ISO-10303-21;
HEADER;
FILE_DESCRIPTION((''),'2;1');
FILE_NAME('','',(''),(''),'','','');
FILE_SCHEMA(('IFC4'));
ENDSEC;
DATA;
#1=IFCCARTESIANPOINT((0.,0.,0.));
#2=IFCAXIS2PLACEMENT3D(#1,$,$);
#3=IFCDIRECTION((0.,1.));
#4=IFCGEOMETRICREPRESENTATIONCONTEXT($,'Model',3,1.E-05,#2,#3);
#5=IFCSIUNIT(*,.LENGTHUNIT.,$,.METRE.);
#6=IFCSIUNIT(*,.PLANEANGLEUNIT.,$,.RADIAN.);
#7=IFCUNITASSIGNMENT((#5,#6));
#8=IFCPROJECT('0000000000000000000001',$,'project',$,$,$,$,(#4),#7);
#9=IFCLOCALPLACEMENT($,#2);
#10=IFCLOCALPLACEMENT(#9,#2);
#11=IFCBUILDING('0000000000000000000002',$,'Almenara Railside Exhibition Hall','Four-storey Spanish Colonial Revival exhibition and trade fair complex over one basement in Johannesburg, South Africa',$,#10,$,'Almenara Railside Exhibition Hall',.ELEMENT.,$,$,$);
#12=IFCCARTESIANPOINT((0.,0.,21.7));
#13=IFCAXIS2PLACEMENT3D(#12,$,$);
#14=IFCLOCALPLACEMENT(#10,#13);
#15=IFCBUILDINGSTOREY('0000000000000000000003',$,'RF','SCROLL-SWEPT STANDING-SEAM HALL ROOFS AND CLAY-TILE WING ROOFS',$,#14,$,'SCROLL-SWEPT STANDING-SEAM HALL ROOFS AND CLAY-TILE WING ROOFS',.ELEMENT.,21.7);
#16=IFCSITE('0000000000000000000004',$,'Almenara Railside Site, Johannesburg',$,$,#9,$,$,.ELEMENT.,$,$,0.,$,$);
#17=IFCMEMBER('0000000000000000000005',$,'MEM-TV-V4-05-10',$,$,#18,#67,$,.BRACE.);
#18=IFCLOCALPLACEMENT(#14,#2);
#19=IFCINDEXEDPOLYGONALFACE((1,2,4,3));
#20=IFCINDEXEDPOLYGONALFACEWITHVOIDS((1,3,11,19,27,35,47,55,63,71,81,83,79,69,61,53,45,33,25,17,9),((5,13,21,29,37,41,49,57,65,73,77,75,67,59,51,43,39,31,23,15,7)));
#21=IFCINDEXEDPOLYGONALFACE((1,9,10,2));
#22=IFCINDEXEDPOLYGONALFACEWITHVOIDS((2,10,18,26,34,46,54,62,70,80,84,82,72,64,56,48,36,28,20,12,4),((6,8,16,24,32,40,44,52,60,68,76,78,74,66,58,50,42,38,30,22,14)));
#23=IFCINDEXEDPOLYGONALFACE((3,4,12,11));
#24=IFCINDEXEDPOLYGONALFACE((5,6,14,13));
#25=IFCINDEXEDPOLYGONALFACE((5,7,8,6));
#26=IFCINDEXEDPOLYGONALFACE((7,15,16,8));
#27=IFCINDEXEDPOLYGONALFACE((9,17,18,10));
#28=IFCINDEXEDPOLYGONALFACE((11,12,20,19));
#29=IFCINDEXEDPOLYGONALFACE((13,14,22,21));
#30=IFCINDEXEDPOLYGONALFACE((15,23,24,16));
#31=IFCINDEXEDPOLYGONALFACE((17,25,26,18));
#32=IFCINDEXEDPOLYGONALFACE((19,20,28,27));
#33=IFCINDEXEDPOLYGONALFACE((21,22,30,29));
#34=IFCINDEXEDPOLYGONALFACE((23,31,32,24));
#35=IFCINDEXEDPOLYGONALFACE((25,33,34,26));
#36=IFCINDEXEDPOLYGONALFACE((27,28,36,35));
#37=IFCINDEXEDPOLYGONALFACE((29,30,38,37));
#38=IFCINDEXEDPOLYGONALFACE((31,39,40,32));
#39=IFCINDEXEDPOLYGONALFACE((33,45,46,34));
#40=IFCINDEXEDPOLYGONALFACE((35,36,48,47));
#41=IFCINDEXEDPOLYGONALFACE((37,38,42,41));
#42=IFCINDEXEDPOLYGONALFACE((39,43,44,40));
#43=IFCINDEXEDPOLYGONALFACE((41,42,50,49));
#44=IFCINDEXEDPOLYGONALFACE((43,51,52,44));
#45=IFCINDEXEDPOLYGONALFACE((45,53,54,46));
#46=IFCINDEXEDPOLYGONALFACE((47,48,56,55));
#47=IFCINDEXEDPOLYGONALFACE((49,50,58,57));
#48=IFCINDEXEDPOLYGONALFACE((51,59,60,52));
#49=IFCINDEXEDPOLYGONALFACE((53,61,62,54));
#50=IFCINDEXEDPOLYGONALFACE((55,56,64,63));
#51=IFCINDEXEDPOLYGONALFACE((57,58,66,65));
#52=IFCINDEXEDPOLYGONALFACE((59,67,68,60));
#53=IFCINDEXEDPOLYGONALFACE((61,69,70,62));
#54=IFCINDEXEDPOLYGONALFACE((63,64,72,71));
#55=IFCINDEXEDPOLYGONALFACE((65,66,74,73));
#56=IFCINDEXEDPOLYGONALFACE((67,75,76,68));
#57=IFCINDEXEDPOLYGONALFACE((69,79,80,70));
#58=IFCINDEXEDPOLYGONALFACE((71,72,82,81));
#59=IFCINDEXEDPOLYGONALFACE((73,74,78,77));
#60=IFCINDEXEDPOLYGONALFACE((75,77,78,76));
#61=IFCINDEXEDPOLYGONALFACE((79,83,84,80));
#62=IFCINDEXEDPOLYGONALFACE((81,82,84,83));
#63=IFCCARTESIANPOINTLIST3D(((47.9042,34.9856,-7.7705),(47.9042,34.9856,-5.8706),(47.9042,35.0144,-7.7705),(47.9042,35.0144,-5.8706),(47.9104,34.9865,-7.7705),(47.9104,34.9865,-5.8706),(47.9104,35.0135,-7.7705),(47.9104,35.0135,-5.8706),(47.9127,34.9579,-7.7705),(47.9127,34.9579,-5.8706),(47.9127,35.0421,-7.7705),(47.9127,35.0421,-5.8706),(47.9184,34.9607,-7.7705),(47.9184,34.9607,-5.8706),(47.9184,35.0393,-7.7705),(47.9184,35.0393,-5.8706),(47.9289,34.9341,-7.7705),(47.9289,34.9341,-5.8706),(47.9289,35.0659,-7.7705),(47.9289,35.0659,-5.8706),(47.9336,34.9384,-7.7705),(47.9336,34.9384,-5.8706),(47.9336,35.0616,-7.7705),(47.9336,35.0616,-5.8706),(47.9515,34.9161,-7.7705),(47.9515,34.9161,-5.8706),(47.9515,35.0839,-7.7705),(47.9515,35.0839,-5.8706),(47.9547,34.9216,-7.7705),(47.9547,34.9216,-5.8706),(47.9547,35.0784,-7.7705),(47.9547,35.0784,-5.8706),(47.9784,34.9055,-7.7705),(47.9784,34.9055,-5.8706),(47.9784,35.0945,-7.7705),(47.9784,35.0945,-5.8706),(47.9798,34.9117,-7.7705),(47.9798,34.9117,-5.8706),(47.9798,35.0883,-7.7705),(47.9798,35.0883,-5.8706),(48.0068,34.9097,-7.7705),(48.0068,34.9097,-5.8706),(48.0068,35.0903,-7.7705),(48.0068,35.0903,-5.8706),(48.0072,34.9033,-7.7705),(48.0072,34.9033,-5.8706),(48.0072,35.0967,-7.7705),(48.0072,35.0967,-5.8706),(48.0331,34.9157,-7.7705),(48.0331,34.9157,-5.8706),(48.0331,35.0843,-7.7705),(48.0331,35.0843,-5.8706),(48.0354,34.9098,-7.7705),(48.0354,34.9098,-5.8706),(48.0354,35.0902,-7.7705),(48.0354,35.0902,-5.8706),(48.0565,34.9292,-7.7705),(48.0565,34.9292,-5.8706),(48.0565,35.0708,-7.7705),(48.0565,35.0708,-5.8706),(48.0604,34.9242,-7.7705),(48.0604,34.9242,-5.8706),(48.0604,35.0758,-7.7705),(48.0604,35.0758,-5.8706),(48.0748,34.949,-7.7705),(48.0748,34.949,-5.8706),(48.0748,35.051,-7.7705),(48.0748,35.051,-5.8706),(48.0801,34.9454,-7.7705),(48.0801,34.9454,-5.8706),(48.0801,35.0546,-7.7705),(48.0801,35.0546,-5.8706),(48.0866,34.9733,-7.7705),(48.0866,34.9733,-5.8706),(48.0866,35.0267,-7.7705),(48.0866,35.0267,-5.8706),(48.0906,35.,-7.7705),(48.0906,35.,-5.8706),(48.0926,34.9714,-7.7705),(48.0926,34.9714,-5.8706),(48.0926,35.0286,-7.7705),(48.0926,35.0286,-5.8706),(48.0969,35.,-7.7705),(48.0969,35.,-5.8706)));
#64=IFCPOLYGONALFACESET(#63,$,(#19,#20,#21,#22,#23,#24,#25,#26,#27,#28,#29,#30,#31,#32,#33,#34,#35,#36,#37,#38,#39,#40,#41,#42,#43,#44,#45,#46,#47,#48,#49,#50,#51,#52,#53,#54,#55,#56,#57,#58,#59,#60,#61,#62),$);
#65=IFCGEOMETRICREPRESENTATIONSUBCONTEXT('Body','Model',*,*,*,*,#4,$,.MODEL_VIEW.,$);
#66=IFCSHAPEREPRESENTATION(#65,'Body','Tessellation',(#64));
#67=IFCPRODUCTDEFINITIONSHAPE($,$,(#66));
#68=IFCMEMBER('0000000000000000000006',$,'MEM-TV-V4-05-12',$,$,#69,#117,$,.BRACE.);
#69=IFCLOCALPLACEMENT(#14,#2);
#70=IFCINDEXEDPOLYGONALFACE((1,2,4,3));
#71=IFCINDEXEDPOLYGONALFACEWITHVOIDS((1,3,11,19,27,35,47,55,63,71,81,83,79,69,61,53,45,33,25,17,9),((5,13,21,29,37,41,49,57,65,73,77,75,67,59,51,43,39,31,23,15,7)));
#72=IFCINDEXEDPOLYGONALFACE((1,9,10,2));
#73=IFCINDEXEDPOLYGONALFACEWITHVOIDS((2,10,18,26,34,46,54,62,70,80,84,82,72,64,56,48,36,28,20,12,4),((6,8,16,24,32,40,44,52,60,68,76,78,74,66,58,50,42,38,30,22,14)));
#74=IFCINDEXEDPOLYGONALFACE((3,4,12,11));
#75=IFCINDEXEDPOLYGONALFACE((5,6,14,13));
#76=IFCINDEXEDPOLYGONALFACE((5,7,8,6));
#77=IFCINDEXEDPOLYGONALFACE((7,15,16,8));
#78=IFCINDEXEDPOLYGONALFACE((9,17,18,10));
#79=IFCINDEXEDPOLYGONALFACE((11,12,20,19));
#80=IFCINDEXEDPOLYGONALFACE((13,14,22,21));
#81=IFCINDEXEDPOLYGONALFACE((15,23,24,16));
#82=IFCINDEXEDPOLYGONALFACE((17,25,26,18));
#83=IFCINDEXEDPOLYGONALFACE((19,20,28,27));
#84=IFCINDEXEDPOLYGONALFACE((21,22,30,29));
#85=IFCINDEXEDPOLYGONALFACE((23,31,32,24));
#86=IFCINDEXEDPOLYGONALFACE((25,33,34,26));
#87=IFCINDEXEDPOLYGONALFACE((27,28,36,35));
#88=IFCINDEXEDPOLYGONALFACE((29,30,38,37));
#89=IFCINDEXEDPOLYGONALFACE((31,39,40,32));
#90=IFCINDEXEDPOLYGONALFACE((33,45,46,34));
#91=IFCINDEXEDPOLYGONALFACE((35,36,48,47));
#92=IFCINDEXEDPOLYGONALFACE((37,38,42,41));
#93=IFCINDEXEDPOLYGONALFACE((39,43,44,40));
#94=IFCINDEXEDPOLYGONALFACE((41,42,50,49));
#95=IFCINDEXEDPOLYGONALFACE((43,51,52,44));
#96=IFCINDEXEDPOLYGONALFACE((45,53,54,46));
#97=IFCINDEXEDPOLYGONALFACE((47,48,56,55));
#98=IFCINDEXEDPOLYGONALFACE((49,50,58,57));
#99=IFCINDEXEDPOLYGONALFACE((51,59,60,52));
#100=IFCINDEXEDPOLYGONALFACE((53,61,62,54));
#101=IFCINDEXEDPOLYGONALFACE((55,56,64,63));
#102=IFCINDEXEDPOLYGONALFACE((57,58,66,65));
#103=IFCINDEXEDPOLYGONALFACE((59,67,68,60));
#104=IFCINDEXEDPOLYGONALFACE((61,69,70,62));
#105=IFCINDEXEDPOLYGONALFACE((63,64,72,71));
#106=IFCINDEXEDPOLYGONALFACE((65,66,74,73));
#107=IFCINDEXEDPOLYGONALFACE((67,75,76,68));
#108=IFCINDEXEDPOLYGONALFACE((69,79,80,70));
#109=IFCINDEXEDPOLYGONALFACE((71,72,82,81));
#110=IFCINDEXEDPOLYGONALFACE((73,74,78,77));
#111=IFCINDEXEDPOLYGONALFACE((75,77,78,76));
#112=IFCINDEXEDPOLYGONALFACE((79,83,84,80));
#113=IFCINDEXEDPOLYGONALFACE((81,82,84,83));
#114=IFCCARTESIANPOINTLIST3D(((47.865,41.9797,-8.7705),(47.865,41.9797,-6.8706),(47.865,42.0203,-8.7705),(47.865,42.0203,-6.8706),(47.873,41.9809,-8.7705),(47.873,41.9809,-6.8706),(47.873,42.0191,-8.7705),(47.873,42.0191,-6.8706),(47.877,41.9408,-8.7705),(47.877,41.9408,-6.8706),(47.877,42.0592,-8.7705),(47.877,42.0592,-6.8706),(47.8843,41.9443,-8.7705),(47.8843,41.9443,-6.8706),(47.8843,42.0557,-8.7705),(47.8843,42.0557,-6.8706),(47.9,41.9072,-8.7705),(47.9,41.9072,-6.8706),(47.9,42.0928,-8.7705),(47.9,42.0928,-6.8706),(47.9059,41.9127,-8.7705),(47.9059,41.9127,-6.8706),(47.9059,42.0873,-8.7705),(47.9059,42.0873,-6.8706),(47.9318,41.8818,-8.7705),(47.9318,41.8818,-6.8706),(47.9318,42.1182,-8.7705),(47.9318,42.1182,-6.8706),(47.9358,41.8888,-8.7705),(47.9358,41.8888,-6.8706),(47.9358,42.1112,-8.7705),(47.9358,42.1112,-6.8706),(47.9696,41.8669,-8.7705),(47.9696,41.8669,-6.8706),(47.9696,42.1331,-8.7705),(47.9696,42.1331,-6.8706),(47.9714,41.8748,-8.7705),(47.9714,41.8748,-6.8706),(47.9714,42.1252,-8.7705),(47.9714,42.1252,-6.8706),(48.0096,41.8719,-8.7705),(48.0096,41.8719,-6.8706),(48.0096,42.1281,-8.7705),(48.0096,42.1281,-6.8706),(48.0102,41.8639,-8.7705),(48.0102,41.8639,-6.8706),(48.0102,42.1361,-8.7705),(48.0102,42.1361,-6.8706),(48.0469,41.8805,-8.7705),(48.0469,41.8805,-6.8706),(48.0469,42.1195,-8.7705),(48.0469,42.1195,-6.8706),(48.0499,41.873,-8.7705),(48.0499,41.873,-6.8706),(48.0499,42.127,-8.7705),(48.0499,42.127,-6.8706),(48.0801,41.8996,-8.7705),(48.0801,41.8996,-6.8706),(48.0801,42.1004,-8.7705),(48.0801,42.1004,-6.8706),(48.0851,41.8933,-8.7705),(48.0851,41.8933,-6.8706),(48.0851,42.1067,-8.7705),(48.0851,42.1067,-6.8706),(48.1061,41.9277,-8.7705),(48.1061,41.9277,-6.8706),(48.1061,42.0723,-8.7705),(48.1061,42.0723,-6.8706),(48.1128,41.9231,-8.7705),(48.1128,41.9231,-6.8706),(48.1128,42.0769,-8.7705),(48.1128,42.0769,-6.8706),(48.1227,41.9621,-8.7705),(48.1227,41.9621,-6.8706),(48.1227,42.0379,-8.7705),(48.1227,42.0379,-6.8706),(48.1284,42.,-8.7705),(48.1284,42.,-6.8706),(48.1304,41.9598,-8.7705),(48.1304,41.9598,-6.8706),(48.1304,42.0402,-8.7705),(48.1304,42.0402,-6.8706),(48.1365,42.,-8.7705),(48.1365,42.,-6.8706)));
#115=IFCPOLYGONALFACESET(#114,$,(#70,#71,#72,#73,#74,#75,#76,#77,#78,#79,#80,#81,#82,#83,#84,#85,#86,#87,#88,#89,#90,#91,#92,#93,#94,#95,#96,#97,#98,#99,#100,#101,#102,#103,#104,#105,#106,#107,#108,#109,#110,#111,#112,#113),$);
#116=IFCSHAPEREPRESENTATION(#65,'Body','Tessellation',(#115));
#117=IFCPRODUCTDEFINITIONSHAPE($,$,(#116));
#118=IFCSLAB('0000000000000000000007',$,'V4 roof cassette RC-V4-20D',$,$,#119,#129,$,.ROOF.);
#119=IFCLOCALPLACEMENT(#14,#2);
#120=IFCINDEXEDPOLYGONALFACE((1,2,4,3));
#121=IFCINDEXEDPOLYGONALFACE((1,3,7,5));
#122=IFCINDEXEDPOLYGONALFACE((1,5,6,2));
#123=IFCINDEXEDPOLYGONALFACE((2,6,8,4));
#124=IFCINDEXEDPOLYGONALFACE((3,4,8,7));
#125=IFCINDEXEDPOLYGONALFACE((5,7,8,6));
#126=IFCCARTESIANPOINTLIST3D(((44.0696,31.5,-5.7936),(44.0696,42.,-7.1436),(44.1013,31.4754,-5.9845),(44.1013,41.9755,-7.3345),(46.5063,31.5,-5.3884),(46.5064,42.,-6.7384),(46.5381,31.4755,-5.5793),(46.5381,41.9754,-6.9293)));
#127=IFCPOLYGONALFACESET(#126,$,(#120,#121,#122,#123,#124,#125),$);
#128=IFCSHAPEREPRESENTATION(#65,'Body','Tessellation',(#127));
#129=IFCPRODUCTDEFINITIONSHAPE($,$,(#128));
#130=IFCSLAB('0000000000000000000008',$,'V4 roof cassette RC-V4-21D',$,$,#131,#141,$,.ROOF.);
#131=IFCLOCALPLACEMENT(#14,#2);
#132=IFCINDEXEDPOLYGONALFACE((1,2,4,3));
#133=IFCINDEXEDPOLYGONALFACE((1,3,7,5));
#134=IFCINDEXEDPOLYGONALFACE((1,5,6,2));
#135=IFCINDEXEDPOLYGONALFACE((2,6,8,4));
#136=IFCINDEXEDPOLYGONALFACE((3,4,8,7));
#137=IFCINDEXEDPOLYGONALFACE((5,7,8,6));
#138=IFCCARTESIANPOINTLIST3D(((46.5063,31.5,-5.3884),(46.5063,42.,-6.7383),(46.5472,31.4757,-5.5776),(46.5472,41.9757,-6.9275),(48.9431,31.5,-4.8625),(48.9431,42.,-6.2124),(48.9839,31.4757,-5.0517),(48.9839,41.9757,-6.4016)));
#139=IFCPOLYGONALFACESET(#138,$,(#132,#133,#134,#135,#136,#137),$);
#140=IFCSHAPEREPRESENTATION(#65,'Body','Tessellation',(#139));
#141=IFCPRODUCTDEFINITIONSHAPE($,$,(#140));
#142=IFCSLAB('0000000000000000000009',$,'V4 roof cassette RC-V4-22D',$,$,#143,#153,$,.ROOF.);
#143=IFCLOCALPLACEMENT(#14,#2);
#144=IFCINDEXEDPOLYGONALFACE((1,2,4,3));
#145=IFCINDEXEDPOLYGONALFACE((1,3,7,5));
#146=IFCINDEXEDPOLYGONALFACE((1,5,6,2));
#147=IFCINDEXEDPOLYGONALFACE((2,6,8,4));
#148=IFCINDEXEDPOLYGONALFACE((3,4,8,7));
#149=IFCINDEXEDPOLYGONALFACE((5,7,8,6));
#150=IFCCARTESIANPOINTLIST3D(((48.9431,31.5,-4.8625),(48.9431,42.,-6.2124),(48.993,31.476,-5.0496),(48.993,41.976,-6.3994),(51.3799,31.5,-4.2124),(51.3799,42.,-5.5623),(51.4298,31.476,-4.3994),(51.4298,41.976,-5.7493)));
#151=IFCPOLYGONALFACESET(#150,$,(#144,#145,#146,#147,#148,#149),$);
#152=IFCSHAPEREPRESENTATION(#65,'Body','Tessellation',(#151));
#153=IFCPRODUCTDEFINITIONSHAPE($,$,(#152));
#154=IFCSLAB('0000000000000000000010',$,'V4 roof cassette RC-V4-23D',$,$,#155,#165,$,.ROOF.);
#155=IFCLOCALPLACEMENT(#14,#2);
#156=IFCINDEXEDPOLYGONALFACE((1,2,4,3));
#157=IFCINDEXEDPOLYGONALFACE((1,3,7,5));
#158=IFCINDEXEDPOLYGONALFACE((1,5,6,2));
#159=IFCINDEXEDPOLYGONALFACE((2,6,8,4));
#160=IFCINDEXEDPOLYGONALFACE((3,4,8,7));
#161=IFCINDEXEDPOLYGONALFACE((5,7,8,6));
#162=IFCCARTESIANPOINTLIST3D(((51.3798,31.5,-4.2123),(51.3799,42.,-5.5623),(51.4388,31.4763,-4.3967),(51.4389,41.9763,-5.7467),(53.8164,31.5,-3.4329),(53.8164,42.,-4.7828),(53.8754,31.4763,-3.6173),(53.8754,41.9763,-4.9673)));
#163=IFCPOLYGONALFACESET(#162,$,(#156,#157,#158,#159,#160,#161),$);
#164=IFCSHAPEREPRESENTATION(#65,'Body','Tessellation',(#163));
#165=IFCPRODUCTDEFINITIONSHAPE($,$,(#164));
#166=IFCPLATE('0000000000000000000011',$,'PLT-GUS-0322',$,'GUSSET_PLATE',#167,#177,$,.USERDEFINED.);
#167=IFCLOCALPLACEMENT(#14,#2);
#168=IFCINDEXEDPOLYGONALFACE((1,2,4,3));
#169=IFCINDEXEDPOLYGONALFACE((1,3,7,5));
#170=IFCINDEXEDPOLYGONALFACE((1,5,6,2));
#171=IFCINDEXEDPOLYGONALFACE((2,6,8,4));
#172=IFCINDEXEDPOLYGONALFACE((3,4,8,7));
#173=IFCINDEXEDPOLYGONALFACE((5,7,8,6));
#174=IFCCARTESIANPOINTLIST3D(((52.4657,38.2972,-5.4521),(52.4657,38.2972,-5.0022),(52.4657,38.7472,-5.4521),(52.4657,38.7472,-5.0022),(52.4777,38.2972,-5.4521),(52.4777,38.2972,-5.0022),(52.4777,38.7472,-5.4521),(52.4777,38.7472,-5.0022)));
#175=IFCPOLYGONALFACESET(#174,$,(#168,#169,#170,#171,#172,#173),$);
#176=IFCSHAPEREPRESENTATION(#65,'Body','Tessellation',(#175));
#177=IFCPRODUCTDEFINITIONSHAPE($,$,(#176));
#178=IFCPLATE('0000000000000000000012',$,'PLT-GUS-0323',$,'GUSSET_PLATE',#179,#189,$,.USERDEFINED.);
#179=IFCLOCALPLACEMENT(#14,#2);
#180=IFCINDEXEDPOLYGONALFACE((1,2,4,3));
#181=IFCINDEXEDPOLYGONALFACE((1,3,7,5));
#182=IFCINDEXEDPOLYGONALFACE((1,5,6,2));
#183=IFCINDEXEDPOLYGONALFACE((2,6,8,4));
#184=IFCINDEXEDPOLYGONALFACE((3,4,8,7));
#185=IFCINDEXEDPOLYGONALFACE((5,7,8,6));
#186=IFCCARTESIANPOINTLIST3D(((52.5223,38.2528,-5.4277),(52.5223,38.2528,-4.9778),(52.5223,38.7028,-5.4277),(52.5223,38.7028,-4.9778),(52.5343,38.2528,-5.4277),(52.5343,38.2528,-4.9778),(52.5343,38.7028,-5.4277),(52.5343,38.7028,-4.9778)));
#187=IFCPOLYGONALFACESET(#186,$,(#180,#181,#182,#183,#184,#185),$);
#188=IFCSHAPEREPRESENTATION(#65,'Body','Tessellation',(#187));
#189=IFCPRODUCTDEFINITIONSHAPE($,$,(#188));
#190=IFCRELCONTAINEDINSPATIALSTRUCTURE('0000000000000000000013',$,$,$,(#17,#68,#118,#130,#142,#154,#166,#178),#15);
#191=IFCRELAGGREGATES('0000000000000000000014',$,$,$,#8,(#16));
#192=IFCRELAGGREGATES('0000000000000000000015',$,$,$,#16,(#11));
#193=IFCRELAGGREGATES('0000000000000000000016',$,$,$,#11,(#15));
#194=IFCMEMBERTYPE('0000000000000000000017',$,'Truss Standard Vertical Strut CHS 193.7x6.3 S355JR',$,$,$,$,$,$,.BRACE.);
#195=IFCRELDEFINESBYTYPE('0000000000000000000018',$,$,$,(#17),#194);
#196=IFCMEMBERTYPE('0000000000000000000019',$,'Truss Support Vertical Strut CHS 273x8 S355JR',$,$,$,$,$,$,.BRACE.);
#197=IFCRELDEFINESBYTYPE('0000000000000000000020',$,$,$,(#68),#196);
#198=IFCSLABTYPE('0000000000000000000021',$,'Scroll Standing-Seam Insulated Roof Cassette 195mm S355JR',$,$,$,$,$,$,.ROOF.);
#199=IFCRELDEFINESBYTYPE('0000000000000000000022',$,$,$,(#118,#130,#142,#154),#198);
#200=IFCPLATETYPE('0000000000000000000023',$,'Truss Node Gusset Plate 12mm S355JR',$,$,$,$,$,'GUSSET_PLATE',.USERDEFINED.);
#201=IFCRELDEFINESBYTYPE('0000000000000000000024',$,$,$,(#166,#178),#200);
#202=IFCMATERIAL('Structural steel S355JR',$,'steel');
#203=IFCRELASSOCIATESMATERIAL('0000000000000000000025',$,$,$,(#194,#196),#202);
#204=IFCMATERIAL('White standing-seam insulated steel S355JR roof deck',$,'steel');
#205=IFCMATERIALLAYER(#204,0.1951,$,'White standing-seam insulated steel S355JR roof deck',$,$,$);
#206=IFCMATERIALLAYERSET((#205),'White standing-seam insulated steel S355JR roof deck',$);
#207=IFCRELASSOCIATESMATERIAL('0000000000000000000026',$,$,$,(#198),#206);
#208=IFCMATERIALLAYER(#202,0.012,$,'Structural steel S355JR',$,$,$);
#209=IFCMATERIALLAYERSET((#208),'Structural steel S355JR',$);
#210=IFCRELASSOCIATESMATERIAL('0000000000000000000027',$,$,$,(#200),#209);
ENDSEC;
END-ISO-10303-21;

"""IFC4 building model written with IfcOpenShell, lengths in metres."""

from ifc_helpers import new_model, si_unit, direction, frame, origin, origin_2d, place, context, subcontext, project, spatial, polyline, rectangle, hollow_circle, outline, extrude, material, layer, layer_set, material_profile, profile_set, type_object, element, save


model = new_model("IFC4")

# Units and contexts
model_context = context("Model", 3, precision=1e-05, world=origin(), true_north=direction((0.0, 1.0)))
body_context = subcontext(model_context, "Body", "Model", "MODEL_VIEW")
ifc_project = project(units=[si_unit("LENGTHUNIT", "METRE"), si_unit("PLANEANGLEUNIT", "RADIAN")], contexts=[model_context])

# Site, building, storey
site_placement = place(None, origin())
site = spatial("IfcSite", under=ifc_project, at=site_placement, Name="Almenara Railside Site, Johannesburg", CompositionType="ELEMENT", RefElevation=0.0)
building_placement = place(site_placement, origin())
building = spatial("IfcBuilding", under=site, at=building_placement, Name="Almenara Railside Exhibition Hall", Description="Four-storey Spanish Colonial Revival exhibition and trade fair complex over one basement in Johannesburg, South Africa", LongName="Almenara Railside Exhibition Hall", CompositionType="ELEMENT")
storey_placement = place(building_placement, frame((0.0, 0.0, 21.7)))
storey = spatial("IfcBuildingStorey", under=building, at=storey_placement, Name="RF", Description="SCROLL-SWEPT STANDING-SEAM HALL ROOFS AND CLAY-TILE WING ROOFS", LongName="SCROLL-SWEPT STANDING-SEAM HALL ROOFS AND CLAY-TILE WING ROOFS", CompositionType="ELEMENT", Elevation=21.7)

# Shared definitions
ifc_material_1 = material(Name="Structural steel S355JR", Category="steel")

# Members
ifc_material_profile_1 = material_profile(ifc_material_1, hollow_circle(Radius=0.0969, WallThickness=0.0063, at=origin_2d()), Name="CHS 193.7x6.3")
ifc_profile_set_1 = profile_set([ifc_material_profile_1], Name="Structural steel S355JR")
member_type_1 = type_object("IfcMemberType", Name="Truss Standard Vertical Strut CHS 193.7x6.3 S355JR", PredefinedType="BRACE", material=ifc_profile_set_1)
member_1_placement = place(storey_placement, frame((48.0, 35.0, -7.7705), z_axis=(0.0, 0.0, 1.0), x_axis=(1.0, 0.0, 0.0)))
element("IfcMember", 1, at=member_1_placement, inside=storey, type_object=member_type_1, Name="MEM-TV-V4-05-10", PredefinedType="BRACE", context=body_context, shape_type="SweptSolid", body=[
    extrude(hollow_circle(Radius=0.0969, WallThickness=0.0063, at=origin_2d()), origin(), (0.0, 0.0, 1.0), 1.8999),
])
ifc_material_profile_2 = material_profile(ifc_material_1, hollow_circle(Radius=0.1365, WallThickness=0.0081, at=origin_2d()), Name="CHS 273x8")
ifc_profile_set_2 = profile_set([ifc_material_profile_2], Name="Structural steel S355JR")
member_type_2 = type_object("IfcMemberType", Name="Truss Support Vertical Strut CHS 273x8 S355JR", PredefinedType="BRACE", material=ifc_profile_set_2)
member_2_placement = place(storey_placement, frame((48.0, 42.0, -8.7705), z_axis=(0.0, 0.0, 1.0), x_axis=(1.0, 0.0, 0.0)))
element("IfcMember", 2, at=member_2_placement, inside=storey, type_object=member_type_2, Name="MEM-TV-V4-05-12", PredefinedType="BRACE", context=body_context, shape_type="SweptSolid", body=[
    extrude(hollow_circle(Radius=0.1365, WallThickness=0.0081, at=origin_2d()), origin(), (0.0, 0.0, 1.0), 1.8999),
])

# Slabs
ifc_material_2 = material(Name="White standing-seam insulated steel S355JR roof deck", Category="steel")
ifc_layer_1 = layer(ifc_material_2, 0.1951, Name="White standing-seam insulated steel S355JR roof deck")
ifc_layer_set_1 = layer_set([ifc_layer_1], Name="White standing-seam insulated steel S355JR roof deck")
slab_type = type_object("IfcSlabType", Name="Scroll Standing-Seam Insulated Roof Cassette 195mm S355JR", PredefinedType="ROOF", material=ifc_layer_set_1)
slab_1_placement = place(storey_placement, frame((44.0696, 42.0, -7.1436), z_axis=(-0.162711, 0.12582, 0.978619), x_axis=(0.986458, -0.000006, 0.164015)))
element("IfcSlab", 3, at=slab_1_placement, inside=storey, type_object=slab_type, Name="V4 roof cassette RC-V4-20D", PredefinedType="ROOF", context=body_context, shape_type="SweptSolid", body=[
    extrude(outline(polyline([(0.0, 0.0), (2.4702, 0.0), (2.6917, -10.5841), (0.2215, -10.5841), (0.0, 0.0)])), origin(), (0.0, 0.0, -1.0), 0.1951),
])
slab_2_placement = place(storey_placement, frame((46.5063, 42.0, -6.7383), z_axis=(-0.209307, 0.124684, 0.969868), x_axis=(0.977496, 0.0, 0.210953)))
element("IfcSlab", 4, at=slab_2_placement, inside=storey, type_object=slab_type, Name="V4 roof cassette RC-V4-21D", PredefinedType="ROOF", context=body_context, shape_type="SweptSolid", body=[
    extrude(outline(polyline([(0.0, 0.0), (2.4929, 0.0), (2.7776, -10.5826), (0.2848, -10.5826), (0.0, 0.0)])), origin(), (0.0, 0.0, -1.0), 0.1951),
])
slab_3_placement = place(storey_placement, frame((48.9431, 42.0, -6.2124), z_axis=(-0.255823, 0.123265, 0.958833), x_axis=(0.966201, 0.0, 0.257789)))
element("IfcSlab", 5, at=slab_3_placement, inside=storey, type_object=slab_type, Name="V4 roof cassette RC-V4-22D", PredefinedType="ROOF", context=body_context, shape_type="SweptSolid", body=[
    extrude(outline(polyline([(0.0, 0.0), (2.522, 0.0), (2.87, -10.5807), (0.348, -10.5807), (0.0, 0.0)])), origin(), (0.0, 0.0, -1.0), 0.1951),
])
slab_4_placement = place(storey_placement, frame((51.3799, 42.0, -5.5623), z_axis=(-0.302421, 0.121548, 0.945393), x_axis=(0.952455, 0.000005, 0.30468)))
element("IfcSlab", 6, at=slab_4_placement, inside=storey, type_object=slab_type, Name="V4 roof cassette RC-V4-23D", PredefinedType="ROOF", context=body_context, shape_type="SweptSolid", body=[
    extrude(outline(polyline([(0.0, 0.0), (2.5581, 0.0), (2.9694, -10.5784), (0.4112, -10.5784), (0.0, 0.0)])), origin(), (0.0, 0.0, -1.0), 0.1951),
])

# Plates
ifc_layer_2 = layer(ifc_material_1, 0.012, Name="Structural steel S355JR")
ifc_layer_set_2 = layer_set([ifc_layer_2], Name="Structural steel S355JR")
plate_type_1 = type_object("IfcPlateType", Name="Truss Node Gusset Plate 12mm S355JR", ElementType="GUSSET_PLATE", PredefinedType="USERDEFINED", material=ifc_layer_set_2)
for number, where, z_axis, x_axis, name in (
    (7, (52.4717, 38.5222, -5.4521), (0.0, 0.0, 1.0), (0.0, 1.0, 0.0), "PLT-GUS-0322"),
    (8, (52.5283, 38.4778, -5.4277), (0.0, 0.0, 1.0), (0.0, 1.0, 0.0), "PLT-GUS-0323"),
):
    element("IfcPlate", number, at=place(storey_placement, frame(where, z_axis=z_axis, x_axis=x_axis)), inside=storey, type_object=plate_type_1, Name=name, ObjectType="GUSSET_PLATE", PredefinedType="USERDEFINED", context=body_context, shape_type="SweptSolid", body=[
        extrude(rectangle(XDim=0.45, YDim=0.012, at=origin_2d()), origin(), (0.0, 0.0, 1.0), 0.45),
    ])

save(model, "model.ifc")
